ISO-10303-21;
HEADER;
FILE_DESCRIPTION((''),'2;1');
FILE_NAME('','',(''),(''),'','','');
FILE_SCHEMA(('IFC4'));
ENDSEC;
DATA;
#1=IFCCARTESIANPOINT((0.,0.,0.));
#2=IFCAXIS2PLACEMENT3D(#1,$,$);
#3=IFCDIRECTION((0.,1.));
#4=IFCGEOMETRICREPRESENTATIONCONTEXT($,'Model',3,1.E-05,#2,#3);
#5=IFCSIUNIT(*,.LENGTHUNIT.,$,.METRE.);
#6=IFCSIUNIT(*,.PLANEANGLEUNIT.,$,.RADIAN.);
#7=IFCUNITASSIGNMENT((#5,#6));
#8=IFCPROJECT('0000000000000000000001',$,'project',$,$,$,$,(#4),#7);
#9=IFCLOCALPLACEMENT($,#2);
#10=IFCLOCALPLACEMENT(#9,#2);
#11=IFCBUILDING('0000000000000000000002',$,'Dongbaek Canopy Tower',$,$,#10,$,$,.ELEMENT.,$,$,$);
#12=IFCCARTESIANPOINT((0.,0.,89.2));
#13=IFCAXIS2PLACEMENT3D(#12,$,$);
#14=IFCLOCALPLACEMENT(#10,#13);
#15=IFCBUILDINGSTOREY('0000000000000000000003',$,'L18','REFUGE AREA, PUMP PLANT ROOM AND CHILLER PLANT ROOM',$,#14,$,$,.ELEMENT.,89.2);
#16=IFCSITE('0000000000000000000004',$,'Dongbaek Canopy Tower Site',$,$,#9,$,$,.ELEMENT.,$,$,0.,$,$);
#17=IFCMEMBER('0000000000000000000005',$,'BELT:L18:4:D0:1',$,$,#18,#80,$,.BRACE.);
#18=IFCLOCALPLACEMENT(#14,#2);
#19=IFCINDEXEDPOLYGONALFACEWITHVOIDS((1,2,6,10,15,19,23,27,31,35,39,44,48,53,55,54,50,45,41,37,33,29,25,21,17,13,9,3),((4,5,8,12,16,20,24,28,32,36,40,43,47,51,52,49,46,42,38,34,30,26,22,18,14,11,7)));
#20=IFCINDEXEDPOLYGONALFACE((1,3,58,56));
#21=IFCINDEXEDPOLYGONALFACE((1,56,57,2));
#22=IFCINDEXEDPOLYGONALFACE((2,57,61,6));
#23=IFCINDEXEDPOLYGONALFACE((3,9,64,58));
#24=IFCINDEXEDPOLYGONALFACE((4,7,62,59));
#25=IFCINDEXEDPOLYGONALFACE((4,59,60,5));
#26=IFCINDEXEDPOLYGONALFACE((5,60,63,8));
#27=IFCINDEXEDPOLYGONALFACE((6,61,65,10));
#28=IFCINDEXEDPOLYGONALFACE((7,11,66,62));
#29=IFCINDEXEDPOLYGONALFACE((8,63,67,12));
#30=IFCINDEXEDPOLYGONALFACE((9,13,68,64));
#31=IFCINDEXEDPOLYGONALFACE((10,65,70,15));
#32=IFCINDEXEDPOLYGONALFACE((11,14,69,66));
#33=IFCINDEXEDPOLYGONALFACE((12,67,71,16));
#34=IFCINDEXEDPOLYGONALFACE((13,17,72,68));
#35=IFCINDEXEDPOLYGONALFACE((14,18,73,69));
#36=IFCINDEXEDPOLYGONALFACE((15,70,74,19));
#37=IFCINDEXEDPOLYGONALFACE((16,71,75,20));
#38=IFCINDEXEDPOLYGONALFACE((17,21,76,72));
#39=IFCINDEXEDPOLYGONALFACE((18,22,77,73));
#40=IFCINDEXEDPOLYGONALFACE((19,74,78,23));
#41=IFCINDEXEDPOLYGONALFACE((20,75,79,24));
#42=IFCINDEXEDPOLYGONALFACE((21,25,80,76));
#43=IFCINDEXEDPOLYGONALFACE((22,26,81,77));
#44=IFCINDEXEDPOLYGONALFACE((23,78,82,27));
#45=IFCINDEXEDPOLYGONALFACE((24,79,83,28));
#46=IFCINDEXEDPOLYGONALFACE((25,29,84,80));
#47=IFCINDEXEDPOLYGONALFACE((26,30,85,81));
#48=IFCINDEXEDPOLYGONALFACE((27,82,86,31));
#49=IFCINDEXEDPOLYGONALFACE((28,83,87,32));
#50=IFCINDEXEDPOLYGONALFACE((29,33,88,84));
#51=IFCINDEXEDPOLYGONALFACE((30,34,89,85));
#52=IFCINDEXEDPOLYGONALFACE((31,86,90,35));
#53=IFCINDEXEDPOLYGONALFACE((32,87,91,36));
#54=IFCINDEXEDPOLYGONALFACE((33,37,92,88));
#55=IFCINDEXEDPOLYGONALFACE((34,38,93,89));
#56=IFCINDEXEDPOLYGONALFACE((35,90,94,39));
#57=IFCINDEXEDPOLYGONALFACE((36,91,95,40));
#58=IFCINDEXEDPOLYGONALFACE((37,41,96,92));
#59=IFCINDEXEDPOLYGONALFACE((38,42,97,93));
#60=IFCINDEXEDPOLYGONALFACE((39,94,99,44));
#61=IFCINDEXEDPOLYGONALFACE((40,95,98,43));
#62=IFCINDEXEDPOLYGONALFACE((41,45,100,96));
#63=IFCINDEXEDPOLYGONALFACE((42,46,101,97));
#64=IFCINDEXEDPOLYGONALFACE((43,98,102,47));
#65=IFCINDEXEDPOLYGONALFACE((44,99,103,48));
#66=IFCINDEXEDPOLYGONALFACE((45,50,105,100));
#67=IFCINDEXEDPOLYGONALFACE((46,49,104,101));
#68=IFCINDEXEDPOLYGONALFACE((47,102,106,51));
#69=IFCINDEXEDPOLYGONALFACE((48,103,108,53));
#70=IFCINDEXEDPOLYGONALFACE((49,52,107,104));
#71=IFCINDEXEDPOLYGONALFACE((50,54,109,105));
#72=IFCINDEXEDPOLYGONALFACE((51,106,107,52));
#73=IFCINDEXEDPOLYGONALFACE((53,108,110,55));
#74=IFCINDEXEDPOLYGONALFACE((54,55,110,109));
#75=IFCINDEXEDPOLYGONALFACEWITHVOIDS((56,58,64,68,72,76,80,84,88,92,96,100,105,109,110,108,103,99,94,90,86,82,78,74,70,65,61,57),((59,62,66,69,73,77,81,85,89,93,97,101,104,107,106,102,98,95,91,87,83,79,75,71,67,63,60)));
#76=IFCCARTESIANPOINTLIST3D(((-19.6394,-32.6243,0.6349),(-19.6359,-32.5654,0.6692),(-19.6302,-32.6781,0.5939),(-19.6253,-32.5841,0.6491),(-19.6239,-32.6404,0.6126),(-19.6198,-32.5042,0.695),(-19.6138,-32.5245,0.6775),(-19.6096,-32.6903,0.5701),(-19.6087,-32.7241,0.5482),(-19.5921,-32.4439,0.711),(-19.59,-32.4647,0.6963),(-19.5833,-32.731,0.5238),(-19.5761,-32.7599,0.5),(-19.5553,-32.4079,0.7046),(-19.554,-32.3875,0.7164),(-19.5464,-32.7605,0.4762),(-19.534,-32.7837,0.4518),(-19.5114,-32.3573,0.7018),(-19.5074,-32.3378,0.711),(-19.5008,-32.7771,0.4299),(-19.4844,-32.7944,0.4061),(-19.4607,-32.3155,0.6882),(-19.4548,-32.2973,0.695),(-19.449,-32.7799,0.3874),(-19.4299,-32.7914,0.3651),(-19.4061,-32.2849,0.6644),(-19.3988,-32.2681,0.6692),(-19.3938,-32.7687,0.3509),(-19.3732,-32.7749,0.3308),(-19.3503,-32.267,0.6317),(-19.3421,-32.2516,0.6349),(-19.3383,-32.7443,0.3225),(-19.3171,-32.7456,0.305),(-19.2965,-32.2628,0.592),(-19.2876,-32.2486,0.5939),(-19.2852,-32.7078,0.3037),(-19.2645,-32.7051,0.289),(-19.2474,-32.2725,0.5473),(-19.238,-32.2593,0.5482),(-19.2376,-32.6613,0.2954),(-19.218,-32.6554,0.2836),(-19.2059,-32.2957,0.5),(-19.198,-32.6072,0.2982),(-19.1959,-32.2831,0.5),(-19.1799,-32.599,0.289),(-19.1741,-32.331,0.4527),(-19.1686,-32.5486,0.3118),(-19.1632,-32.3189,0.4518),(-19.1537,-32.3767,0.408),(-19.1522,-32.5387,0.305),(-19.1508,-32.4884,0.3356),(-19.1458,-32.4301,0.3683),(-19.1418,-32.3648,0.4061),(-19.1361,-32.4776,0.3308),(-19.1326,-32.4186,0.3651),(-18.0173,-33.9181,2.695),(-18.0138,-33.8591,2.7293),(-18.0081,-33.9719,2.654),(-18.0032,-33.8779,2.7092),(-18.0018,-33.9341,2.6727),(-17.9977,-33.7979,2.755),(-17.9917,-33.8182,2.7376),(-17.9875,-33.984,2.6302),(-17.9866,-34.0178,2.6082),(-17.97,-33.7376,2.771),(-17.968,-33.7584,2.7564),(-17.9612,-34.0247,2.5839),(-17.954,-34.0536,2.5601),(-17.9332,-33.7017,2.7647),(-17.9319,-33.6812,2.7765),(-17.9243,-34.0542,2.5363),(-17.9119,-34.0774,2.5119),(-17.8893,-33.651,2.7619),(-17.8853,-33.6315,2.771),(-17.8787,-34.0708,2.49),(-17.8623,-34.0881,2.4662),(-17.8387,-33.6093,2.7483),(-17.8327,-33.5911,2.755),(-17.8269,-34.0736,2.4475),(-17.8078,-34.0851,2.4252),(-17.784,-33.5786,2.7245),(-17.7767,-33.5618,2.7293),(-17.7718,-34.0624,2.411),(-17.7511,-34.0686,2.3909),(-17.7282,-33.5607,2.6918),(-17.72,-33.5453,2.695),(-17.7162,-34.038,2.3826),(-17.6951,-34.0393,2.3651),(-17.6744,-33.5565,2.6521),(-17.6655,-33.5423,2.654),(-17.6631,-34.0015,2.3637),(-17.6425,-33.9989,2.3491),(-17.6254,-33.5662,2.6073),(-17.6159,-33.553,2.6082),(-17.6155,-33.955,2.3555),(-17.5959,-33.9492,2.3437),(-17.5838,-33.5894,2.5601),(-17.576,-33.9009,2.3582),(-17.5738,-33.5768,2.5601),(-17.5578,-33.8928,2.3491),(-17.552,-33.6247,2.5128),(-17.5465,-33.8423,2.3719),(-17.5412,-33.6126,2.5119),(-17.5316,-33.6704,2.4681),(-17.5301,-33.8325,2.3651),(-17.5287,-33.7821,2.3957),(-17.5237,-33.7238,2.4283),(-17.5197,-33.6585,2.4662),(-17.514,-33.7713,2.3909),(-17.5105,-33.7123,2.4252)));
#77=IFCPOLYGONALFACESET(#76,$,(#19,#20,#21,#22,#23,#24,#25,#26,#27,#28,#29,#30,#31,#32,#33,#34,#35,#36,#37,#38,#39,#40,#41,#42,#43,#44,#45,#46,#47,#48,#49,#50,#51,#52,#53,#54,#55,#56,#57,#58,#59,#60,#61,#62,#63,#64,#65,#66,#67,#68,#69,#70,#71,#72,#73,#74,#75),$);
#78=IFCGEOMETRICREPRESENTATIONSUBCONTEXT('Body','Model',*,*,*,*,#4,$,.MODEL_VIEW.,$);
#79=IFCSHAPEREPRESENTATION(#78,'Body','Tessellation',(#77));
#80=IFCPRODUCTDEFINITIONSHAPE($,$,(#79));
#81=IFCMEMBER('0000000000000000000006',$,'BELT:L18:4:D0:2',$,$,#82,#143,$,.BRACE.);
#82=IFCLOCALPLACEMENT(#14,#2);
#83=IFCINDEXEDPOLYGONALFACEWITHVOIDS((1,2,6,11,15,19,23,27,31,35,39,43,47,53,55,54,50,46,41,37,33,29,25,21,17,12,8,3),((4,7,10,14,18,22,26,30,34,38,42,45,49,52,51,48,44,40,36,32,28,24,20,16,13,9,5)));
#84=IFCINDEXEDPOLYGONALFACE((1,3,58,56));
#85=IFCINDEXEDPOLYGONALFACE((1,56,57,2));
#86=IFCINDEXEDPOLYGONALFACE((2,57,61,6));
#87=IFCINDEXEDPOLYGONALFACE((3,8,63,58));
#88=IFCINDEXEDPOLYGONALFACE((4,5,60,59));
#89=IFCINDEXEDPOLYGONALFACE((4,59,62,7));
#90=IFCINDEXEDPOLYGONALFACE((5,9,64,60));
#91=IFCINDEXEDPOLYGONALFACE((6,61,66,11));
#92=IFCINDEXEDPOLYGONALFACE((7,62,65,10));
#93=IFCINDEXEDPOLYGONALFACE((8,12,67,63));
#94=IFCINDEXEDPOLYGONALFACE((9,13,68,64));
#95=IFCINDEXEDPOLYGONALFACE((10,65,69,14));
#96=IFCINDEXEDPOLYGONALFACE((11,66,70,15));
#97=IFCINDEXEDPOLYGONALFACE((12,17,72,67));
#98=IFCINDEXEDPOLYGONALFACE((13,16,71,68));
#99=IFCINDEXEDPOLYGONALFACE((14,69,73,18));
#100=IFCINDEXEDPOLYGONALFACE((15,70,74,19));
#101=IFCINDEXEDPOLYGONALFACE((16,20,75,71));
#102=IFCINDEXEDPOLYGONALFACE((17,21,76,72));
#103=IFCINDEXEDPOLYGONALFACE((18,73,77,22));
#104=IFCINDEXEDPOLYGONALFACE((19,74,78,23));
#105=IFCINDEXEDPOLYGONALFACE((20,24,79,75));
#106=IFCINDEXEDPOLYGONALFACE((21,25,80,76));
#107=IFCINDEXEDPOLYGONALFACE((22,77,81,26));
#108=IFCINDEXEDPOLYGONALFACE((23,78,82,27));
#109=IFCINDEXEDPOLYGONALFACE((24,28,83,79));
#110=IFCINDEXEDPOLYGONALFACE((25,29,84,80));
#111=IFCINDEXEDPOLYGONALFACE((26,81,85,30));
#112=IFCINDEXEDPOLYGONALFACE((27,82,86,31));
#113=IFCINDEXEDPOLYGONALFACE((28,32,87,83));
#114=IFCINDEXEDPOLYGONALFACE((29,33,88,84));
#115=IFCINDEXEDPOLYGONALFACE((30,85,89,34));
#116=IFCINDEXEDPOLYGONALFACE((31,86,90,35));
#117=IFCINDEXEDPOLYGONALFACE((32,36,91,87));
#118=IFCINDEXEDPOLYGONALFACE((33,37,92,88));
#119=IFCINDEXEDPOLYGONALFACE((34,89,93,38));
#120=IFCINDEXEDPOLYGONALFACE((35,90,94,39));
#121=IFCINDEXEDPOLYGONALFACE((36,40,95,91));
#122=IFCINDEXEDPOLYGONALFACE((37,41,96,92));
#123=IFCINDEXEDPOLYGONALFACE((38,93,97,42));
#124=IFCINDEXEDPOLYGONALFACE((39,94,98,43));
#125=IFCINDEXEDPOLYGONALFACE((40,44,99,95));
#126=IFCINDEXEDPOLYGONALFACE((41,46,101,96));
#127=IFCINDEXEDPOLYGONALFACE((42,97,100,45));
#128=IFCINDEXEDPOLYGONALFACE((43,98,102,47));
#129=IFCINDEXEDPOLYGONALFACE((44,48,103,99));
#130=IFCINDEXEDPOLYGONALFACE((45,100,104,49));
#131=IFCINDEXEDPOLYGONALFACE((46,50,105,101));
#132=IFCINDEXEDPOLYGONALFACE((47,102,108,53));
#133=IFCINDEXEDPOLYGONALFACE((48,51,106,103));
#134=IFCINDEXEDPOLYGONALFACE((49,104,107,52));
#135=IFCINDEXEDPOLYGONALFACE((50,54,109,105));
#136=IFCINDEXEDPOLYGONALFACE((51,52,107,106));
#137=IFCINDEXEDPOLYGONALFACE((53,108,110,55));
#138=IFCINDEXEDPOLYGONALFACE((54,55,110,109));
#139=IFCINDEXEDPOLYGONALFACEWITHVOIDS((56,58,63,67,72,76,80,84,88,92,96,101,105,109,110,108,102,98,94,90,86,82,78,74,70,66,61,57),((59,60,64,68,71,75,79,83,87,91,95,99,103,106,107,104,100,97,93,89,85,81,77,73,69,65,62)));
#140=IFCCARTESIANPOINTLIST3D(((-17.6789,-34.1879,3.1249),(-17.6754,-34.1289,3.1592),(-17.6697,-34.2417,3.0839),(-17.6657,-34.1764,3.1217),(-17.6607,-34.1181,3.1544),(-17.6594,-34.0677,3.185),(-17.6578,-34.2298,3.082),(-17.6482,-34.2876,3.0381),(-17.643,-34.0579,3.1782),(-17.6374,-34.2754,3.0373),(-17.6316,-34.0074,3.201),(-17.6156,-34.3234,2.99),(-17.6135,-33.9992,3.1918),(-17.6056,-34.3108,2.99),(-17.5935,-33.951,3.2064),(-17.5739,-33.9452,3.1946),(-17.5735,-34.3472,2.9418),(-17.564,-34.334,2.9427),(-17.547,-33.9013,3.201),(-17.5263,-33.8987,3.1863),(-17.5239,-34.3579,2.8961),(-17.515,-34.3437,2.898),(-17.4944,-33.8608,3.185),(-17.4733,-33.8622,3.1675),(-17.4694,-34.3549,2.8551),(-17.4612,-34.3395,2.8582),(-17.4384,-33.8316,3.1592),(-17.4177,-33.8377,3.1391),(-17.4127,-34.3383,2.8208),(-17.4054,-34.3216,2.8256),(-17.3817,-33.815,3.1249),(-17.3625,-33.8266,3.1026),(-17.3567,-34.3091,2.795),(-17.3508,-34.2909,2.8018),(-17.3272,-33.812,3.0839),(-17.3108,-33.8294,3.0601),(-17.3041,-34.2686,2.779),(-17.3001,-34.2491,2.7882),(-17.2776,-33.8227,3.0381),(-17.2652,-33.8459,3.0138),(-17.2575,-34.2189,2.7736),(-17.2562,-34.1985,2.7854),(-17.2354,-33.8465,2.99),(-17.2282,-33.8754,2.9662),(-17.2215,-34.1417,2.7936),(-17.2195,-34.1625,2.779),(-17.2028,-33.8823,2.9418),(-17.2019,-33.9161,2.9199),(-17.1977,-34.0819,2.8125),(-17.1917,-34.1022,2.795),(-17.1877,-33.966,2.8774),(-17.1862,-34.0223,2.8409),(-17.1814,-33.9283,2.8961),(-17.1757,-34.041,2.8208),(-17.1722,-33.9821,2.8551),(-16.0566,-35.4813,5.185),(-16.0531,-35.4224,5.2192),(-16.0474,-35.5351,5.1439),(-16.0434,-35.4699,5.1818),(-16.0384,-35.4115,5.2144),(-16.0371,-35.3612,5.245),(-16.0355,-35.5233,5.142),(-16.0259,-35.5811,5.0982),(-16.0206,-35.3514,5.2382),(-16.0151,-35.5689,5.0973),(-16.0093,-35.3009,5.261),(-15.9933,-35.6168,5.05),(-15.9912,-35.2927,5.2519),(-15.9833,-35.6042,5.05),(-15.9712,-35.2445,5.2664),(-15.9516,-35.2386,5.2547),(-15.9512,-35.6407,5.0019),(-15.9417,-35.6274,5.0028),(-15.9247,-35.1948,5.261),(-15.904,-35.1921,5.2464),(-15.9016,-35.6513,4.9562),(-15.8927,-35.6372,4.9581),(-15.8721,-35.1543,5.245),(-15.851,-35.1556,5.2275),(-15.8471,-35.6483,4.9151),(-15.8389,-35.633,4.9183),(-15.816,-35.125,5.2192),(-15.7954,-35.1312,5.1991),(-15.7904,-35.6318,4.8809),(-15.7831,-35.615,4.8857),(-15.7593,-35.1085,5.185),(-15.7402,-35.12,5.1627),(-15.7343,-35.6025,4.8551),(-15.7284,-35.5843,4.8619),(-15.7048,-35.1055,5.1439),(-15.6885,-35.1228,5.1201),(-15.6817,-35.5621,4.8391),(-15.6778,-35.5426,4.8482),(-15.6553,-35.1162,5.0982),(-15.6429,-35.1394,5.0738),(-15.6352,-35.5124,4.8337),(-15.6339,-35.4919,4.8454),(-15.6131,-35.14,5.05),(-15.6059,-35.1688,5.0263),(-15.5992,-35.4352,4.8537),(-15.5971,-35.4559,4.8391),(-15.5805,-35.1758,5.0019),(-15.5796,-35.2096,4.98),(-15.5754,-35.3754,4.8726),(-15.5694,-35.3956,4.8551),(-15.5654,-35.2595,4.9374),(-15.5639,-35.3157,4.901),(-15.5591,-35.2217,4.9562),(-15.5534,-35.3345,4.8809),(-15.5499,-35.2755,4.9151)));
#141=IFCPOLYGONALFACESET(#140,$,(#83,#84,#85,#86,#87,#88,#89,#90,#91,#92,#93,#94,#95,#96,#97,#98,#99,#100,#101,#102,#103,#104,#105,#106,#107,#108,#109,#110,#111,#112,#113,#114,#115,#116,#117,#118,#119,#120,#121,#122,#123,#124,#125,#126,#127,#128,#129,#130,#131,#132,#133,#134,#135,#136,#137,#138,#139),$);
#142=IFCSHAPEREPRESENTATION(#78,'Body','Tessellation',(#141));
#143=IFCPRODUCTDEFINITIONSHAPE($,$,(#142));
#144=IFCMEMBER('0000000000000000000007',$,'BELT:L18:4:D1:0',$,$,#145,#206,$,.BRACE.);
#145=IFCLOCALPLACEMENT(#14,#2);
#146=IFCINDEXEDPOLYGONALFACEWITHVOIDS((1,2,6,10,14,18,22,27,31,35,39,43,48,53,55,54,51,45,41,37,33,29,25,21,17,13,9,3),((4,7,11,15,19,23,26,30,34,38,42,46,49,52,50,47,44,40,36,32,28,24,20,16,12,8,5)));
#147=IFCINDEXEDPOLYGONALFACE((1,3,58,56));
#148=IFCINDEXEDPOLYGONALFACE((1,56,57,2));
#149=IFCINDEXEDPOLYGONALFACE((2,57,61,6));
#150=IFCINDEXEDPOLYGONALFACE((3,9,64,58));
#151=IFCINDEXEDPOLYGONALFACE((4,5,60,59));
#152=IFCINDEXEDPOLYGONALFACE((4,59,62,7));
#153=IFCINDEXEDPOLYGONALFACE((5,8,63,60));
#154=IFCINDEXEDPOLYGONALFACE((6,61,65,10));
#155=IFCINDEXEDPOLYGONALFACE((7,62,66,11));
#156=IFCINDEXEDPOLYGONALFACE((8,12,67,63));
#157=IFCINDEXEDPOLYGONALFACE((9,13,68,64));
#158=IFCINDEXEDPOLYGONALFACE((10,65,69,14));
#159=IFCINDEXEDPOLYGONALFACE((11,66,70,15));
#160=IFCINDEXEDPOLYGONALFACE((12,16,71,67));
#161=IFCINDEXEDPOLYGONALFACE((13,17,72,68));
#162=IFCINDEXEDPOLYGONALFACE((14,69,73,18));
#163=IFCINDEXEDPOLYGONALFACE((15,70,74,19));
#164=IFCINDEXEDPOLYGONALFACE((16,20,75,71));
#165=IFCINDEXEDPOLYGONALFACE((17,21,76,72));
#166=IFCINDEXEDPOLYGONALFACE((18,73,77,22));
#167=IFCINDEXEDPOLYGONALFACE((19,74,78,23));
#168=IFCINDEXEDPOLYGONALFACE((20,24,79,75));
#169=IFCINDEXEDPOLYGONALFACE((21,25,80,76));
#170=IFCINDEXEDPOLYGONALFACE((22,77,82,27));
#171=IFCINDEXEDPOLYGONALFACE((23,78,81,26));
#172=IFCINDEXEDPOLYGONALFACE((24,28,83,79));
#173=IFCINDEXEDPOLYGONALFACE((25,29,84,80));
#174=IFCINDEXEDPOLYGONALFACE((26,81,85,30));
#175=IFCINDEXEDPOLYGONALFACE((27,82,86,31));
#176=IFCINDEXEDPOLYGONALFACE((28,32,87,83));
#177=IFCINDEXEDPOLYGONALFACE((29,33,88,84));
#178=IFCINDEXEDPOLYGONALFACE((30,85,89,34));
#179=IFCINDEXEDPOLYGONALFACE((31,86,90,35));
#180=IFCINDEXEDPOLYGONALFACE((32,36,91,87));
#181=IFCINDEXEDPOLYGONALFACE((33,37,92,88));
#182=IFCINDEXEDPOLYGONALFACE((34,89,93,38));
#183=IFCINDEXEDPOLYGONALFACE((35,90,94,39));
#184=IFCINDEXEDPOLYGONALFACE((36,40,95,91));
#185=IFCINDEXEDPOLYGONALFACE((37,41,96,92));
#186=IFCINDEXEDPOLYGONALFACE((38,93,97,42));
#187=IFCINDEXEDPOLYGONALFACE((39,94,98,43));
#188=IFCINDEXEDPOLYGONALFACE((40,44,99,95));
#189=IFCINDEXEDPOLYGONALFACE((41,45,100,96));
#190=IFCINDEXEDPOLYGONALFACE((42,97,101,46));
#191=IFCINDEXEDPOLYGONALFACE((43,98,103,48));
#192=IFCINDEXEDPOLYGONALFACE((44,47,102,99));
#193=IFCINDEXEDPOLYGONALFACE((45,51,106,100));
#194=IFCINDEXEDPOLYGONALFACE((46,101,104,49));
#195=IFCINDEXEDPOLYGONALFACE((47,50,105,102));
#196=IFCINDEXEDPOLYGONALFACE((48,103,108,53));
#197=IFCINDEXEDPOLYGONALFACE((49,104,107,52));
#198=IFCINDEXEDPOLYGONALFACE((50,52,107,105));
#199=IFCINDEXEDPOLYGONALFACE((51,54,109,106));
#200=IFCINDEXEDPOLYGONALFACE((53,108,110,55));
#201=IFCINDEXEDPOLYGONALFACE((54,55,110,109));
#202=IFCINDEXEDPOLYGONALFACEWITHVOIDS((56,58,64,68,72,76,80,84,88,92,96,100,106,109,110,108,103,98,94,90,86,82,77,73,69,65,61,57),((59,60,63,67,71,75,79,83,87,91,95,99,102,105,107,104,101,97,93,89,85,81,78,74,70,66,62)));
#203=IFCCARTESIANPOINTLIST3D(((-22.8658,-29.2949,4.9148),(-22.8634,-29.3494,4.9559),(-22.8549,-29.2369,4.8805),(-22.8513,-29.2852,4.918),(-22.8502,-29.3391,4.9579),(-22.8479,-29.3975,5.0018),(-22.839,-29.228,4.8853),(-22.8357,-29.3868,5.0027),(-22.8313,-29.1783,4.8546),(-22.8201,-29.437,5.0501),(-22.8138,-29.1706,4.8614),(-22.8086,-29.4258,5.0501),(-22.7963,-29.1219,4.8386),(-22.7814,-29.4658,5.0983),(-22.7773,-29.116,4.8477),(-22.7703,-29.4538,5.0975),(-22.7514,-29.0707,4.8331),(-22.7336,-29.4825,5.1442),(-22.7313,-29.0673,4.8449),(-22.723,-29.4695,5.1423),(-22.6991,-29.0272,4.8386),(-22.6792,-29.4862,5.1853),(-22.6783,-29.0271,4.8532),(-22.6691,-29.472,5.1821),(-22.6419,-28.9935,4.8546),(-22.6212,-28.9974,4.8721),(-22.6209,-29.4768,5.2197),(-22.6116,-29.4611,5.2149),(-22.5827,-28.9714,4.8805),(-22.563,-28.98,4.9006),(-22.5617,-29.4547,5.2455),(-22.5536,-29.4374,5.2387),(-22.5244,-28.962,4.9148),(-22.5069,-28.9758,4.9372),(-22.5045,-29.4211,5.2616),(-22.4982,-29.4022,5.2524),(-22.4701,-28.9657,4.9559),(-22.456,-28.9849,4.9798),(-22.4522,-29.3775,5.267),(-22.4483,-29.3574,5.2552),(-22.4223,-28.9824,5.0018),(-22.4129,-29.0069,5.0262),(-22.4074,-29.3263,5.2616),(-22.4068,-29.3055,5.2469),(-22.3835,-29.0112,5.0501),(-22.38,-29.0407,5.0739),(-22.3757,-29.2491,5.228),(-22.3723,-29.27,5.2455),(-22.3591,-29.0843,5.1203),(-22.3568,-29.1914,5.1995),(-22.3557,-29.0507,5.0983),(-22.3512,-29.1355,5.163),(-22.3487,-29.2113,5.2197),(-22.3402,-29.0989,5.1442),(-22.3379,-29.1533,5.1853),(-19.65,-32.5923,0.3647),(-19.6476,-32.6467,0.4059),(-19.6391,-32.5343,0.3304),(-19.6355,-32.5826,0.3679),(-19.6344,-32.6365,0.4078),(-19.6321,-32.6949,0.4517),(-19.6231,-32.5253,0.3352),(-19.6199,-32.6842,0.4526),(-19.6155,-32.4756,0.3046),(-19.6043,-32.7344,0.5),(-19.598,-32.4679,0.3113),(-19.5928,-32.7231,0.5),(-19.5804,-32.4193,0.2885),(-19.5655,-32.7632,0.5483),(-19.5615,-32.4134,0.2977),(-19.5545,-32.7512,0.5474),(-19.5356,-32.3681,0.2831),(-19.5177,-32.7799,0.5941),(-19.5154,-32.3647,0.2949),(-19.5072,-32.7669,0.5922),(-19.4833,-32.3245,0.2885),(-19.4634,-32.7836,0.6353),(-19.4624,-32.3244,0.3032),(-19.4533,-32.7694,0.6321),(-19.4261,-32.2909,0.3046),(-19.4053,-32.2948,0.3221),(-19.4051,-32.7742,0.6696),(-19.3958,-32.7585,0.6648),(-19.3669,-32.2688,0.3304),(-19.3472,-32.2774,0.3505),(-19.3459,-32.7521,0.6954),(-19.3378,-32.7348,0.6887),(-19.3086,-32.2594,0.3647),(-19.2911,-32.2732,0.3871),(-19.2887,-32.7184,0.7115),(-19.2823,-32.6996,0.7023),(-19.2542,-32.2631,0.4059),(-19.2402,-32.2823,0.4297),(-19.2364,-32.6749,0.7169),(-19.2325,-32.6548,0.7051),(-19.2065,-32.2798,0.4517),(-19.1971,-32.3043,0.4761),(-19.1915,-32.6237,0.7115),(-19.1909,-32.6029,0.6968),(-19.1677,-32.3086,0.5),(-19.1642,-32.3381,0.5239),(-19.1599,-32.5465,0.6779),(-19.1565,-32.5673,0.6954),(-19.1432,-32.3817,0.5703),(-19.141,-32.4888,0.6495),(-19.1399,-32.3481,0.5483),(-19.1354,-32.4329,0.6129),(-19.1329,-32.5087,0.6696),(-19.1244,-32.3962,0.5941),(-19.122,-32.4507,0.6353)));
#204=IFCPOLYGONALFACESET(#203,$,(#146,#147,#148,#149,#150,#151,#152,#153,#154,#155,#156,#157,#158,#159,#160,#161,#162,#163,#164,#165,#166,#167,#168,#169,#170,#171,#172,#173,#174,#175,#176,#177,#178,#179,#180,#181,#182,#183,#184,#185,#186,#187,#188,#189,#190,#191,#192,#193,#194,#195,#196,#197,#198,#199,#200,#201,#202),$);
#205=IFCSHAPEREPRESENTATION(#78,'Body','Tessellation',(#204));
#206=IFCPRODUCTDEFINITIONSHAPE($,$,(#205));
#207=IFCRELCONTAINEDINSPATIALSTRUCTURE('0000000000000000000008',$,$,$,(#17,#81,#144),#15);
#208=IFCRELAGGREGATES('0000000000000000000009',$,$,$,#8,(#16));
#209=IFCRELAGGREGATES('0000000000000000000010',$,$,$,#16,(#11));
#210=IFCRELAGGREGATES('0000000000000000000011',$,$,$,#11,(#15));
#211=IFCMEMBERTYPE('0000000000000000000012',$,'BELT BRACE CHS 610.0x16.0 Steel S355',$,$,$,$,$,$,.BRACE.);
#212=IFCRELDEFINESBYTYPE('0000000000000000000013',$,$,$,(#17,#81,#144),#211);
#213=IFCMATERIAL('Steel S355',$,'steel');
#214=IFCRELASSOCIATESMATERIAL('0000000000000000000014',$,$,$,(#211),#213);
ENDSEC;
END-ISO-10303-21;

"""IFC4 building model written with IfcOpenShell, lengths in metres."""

from ifc_helpers import new_model, si_unit, direction, frame, origin, origin_2d, place, context, subcontext, project, spatial, hollow_circle, extrude, material, material_profile, profile_set, type_object, element, save


model = new_model("IFC4")

# Units and contexts
model_context = context("Model", 3, precision=1e-05, world=origin(), true_north=direction((0.0, 1.0)))
body_context = subcontext(model_context, "Body", "Model", "MODEL_VIEW")
ifc_project = project(units=[si_unit("LENGTHUNIT", "METRE"), si_unit("PLANEANGLEUNIT", "RADIAN")], contexts=[model_context])

# Site, building, storey
site_placement = place(None, origin())
site = spatial("IfcSite", under=ifc_project, at=site_placement, Name="Dongbaek Canopy Tower Site", CompositionType="ELEMENT", RefElevation=0.0)
building_placement = place(site_placement, origin())
building = spatial("IfcBuilding", under=site, at=building_placement, Name="Dongbaek Canopy Tower", CompositionType="ELEMENT")
storey_placement = place(building_placement, frame((0.0, 0.0, 89.2)))
storey = spatial("IfcBuildingStorey", under=building, at=storey_placement, Name="L18", Description="REFUGE AREA, PUMP PLANT ROOM AND CHILLER PLANT ROOM", CompositionType="ELEMENT", Elevation=89.2)

# Members
ifc_material_1 = material(Name="Steel S355", Category="steel")
ifc_material_profile_1 = material_profile(ifc_material_1, hollow_circle(Radius=0.3049, WallThickness=0.0161, at=origin_2d()), Name="BELT BRACE CHS 610.0x16.0 Steel S355")
ifc_profile_set_1 = profile_set([ifc_material_profile_1], Name="Steel S355")
member_type_1 = type_object("IfcMemberType", Name="BELT BRACE CHS 610.0x16.0 Steel S355", PredefinedType="BRACE", material=ifc_profile_set_1)
for number, where, z_axis, x_axis, name in (
    (1, (-19.386, -32.5215, 0.5), (0.554781, -0.442472, 0.704582), (0.623532, 0.781798, 0.0), "BELT:L18:4:D0:1"),
    (2, (-15.8032, -35.3784, 5.05), (-0.55486, 0.442385, -0.704576), (-0.623403, -0.781901, 0.0), "BELT:L18:4:D0:2"),
):
    element("IfcMember", number, at=place(storey_placement, frame(where, z_axis=z_axis, x_axis=x_axis)), inside=storey, type_object=member_type_1, Name=name, PredefinedType="BRACE", context=body_context, shape_type="SweptSolid", body=[
        extrude(hollow_circle(Radius=0.3049, WallThickness=0.0161, at=origin_2d()), origin(), (0.0, 0.0, 1.0), 2.9238),
    ])
member_1_placement = place(storey_placement, frame((-19.386, -32.5215, 0.5), z_axis=(-0.496703, 0.509297, 0.702782), x_axis=(-0.715903, -0.698199, 0.0)))
element("IfcMember", 3, at=member_1_placement, inside=storey, type_object=member_type_1, Name="BELT:L18:4:D1:0", PredefinedType="BRACE", context=body_context, shape_type="SweptSolid", body=[
    extrude(hollow_circle(Radius=0.3049, WallThickness=0.0161, at=origin_2d()), origin(), (0.0, 0.0, 1.0), 6.4744),
])

save(model, "model.ifc")
